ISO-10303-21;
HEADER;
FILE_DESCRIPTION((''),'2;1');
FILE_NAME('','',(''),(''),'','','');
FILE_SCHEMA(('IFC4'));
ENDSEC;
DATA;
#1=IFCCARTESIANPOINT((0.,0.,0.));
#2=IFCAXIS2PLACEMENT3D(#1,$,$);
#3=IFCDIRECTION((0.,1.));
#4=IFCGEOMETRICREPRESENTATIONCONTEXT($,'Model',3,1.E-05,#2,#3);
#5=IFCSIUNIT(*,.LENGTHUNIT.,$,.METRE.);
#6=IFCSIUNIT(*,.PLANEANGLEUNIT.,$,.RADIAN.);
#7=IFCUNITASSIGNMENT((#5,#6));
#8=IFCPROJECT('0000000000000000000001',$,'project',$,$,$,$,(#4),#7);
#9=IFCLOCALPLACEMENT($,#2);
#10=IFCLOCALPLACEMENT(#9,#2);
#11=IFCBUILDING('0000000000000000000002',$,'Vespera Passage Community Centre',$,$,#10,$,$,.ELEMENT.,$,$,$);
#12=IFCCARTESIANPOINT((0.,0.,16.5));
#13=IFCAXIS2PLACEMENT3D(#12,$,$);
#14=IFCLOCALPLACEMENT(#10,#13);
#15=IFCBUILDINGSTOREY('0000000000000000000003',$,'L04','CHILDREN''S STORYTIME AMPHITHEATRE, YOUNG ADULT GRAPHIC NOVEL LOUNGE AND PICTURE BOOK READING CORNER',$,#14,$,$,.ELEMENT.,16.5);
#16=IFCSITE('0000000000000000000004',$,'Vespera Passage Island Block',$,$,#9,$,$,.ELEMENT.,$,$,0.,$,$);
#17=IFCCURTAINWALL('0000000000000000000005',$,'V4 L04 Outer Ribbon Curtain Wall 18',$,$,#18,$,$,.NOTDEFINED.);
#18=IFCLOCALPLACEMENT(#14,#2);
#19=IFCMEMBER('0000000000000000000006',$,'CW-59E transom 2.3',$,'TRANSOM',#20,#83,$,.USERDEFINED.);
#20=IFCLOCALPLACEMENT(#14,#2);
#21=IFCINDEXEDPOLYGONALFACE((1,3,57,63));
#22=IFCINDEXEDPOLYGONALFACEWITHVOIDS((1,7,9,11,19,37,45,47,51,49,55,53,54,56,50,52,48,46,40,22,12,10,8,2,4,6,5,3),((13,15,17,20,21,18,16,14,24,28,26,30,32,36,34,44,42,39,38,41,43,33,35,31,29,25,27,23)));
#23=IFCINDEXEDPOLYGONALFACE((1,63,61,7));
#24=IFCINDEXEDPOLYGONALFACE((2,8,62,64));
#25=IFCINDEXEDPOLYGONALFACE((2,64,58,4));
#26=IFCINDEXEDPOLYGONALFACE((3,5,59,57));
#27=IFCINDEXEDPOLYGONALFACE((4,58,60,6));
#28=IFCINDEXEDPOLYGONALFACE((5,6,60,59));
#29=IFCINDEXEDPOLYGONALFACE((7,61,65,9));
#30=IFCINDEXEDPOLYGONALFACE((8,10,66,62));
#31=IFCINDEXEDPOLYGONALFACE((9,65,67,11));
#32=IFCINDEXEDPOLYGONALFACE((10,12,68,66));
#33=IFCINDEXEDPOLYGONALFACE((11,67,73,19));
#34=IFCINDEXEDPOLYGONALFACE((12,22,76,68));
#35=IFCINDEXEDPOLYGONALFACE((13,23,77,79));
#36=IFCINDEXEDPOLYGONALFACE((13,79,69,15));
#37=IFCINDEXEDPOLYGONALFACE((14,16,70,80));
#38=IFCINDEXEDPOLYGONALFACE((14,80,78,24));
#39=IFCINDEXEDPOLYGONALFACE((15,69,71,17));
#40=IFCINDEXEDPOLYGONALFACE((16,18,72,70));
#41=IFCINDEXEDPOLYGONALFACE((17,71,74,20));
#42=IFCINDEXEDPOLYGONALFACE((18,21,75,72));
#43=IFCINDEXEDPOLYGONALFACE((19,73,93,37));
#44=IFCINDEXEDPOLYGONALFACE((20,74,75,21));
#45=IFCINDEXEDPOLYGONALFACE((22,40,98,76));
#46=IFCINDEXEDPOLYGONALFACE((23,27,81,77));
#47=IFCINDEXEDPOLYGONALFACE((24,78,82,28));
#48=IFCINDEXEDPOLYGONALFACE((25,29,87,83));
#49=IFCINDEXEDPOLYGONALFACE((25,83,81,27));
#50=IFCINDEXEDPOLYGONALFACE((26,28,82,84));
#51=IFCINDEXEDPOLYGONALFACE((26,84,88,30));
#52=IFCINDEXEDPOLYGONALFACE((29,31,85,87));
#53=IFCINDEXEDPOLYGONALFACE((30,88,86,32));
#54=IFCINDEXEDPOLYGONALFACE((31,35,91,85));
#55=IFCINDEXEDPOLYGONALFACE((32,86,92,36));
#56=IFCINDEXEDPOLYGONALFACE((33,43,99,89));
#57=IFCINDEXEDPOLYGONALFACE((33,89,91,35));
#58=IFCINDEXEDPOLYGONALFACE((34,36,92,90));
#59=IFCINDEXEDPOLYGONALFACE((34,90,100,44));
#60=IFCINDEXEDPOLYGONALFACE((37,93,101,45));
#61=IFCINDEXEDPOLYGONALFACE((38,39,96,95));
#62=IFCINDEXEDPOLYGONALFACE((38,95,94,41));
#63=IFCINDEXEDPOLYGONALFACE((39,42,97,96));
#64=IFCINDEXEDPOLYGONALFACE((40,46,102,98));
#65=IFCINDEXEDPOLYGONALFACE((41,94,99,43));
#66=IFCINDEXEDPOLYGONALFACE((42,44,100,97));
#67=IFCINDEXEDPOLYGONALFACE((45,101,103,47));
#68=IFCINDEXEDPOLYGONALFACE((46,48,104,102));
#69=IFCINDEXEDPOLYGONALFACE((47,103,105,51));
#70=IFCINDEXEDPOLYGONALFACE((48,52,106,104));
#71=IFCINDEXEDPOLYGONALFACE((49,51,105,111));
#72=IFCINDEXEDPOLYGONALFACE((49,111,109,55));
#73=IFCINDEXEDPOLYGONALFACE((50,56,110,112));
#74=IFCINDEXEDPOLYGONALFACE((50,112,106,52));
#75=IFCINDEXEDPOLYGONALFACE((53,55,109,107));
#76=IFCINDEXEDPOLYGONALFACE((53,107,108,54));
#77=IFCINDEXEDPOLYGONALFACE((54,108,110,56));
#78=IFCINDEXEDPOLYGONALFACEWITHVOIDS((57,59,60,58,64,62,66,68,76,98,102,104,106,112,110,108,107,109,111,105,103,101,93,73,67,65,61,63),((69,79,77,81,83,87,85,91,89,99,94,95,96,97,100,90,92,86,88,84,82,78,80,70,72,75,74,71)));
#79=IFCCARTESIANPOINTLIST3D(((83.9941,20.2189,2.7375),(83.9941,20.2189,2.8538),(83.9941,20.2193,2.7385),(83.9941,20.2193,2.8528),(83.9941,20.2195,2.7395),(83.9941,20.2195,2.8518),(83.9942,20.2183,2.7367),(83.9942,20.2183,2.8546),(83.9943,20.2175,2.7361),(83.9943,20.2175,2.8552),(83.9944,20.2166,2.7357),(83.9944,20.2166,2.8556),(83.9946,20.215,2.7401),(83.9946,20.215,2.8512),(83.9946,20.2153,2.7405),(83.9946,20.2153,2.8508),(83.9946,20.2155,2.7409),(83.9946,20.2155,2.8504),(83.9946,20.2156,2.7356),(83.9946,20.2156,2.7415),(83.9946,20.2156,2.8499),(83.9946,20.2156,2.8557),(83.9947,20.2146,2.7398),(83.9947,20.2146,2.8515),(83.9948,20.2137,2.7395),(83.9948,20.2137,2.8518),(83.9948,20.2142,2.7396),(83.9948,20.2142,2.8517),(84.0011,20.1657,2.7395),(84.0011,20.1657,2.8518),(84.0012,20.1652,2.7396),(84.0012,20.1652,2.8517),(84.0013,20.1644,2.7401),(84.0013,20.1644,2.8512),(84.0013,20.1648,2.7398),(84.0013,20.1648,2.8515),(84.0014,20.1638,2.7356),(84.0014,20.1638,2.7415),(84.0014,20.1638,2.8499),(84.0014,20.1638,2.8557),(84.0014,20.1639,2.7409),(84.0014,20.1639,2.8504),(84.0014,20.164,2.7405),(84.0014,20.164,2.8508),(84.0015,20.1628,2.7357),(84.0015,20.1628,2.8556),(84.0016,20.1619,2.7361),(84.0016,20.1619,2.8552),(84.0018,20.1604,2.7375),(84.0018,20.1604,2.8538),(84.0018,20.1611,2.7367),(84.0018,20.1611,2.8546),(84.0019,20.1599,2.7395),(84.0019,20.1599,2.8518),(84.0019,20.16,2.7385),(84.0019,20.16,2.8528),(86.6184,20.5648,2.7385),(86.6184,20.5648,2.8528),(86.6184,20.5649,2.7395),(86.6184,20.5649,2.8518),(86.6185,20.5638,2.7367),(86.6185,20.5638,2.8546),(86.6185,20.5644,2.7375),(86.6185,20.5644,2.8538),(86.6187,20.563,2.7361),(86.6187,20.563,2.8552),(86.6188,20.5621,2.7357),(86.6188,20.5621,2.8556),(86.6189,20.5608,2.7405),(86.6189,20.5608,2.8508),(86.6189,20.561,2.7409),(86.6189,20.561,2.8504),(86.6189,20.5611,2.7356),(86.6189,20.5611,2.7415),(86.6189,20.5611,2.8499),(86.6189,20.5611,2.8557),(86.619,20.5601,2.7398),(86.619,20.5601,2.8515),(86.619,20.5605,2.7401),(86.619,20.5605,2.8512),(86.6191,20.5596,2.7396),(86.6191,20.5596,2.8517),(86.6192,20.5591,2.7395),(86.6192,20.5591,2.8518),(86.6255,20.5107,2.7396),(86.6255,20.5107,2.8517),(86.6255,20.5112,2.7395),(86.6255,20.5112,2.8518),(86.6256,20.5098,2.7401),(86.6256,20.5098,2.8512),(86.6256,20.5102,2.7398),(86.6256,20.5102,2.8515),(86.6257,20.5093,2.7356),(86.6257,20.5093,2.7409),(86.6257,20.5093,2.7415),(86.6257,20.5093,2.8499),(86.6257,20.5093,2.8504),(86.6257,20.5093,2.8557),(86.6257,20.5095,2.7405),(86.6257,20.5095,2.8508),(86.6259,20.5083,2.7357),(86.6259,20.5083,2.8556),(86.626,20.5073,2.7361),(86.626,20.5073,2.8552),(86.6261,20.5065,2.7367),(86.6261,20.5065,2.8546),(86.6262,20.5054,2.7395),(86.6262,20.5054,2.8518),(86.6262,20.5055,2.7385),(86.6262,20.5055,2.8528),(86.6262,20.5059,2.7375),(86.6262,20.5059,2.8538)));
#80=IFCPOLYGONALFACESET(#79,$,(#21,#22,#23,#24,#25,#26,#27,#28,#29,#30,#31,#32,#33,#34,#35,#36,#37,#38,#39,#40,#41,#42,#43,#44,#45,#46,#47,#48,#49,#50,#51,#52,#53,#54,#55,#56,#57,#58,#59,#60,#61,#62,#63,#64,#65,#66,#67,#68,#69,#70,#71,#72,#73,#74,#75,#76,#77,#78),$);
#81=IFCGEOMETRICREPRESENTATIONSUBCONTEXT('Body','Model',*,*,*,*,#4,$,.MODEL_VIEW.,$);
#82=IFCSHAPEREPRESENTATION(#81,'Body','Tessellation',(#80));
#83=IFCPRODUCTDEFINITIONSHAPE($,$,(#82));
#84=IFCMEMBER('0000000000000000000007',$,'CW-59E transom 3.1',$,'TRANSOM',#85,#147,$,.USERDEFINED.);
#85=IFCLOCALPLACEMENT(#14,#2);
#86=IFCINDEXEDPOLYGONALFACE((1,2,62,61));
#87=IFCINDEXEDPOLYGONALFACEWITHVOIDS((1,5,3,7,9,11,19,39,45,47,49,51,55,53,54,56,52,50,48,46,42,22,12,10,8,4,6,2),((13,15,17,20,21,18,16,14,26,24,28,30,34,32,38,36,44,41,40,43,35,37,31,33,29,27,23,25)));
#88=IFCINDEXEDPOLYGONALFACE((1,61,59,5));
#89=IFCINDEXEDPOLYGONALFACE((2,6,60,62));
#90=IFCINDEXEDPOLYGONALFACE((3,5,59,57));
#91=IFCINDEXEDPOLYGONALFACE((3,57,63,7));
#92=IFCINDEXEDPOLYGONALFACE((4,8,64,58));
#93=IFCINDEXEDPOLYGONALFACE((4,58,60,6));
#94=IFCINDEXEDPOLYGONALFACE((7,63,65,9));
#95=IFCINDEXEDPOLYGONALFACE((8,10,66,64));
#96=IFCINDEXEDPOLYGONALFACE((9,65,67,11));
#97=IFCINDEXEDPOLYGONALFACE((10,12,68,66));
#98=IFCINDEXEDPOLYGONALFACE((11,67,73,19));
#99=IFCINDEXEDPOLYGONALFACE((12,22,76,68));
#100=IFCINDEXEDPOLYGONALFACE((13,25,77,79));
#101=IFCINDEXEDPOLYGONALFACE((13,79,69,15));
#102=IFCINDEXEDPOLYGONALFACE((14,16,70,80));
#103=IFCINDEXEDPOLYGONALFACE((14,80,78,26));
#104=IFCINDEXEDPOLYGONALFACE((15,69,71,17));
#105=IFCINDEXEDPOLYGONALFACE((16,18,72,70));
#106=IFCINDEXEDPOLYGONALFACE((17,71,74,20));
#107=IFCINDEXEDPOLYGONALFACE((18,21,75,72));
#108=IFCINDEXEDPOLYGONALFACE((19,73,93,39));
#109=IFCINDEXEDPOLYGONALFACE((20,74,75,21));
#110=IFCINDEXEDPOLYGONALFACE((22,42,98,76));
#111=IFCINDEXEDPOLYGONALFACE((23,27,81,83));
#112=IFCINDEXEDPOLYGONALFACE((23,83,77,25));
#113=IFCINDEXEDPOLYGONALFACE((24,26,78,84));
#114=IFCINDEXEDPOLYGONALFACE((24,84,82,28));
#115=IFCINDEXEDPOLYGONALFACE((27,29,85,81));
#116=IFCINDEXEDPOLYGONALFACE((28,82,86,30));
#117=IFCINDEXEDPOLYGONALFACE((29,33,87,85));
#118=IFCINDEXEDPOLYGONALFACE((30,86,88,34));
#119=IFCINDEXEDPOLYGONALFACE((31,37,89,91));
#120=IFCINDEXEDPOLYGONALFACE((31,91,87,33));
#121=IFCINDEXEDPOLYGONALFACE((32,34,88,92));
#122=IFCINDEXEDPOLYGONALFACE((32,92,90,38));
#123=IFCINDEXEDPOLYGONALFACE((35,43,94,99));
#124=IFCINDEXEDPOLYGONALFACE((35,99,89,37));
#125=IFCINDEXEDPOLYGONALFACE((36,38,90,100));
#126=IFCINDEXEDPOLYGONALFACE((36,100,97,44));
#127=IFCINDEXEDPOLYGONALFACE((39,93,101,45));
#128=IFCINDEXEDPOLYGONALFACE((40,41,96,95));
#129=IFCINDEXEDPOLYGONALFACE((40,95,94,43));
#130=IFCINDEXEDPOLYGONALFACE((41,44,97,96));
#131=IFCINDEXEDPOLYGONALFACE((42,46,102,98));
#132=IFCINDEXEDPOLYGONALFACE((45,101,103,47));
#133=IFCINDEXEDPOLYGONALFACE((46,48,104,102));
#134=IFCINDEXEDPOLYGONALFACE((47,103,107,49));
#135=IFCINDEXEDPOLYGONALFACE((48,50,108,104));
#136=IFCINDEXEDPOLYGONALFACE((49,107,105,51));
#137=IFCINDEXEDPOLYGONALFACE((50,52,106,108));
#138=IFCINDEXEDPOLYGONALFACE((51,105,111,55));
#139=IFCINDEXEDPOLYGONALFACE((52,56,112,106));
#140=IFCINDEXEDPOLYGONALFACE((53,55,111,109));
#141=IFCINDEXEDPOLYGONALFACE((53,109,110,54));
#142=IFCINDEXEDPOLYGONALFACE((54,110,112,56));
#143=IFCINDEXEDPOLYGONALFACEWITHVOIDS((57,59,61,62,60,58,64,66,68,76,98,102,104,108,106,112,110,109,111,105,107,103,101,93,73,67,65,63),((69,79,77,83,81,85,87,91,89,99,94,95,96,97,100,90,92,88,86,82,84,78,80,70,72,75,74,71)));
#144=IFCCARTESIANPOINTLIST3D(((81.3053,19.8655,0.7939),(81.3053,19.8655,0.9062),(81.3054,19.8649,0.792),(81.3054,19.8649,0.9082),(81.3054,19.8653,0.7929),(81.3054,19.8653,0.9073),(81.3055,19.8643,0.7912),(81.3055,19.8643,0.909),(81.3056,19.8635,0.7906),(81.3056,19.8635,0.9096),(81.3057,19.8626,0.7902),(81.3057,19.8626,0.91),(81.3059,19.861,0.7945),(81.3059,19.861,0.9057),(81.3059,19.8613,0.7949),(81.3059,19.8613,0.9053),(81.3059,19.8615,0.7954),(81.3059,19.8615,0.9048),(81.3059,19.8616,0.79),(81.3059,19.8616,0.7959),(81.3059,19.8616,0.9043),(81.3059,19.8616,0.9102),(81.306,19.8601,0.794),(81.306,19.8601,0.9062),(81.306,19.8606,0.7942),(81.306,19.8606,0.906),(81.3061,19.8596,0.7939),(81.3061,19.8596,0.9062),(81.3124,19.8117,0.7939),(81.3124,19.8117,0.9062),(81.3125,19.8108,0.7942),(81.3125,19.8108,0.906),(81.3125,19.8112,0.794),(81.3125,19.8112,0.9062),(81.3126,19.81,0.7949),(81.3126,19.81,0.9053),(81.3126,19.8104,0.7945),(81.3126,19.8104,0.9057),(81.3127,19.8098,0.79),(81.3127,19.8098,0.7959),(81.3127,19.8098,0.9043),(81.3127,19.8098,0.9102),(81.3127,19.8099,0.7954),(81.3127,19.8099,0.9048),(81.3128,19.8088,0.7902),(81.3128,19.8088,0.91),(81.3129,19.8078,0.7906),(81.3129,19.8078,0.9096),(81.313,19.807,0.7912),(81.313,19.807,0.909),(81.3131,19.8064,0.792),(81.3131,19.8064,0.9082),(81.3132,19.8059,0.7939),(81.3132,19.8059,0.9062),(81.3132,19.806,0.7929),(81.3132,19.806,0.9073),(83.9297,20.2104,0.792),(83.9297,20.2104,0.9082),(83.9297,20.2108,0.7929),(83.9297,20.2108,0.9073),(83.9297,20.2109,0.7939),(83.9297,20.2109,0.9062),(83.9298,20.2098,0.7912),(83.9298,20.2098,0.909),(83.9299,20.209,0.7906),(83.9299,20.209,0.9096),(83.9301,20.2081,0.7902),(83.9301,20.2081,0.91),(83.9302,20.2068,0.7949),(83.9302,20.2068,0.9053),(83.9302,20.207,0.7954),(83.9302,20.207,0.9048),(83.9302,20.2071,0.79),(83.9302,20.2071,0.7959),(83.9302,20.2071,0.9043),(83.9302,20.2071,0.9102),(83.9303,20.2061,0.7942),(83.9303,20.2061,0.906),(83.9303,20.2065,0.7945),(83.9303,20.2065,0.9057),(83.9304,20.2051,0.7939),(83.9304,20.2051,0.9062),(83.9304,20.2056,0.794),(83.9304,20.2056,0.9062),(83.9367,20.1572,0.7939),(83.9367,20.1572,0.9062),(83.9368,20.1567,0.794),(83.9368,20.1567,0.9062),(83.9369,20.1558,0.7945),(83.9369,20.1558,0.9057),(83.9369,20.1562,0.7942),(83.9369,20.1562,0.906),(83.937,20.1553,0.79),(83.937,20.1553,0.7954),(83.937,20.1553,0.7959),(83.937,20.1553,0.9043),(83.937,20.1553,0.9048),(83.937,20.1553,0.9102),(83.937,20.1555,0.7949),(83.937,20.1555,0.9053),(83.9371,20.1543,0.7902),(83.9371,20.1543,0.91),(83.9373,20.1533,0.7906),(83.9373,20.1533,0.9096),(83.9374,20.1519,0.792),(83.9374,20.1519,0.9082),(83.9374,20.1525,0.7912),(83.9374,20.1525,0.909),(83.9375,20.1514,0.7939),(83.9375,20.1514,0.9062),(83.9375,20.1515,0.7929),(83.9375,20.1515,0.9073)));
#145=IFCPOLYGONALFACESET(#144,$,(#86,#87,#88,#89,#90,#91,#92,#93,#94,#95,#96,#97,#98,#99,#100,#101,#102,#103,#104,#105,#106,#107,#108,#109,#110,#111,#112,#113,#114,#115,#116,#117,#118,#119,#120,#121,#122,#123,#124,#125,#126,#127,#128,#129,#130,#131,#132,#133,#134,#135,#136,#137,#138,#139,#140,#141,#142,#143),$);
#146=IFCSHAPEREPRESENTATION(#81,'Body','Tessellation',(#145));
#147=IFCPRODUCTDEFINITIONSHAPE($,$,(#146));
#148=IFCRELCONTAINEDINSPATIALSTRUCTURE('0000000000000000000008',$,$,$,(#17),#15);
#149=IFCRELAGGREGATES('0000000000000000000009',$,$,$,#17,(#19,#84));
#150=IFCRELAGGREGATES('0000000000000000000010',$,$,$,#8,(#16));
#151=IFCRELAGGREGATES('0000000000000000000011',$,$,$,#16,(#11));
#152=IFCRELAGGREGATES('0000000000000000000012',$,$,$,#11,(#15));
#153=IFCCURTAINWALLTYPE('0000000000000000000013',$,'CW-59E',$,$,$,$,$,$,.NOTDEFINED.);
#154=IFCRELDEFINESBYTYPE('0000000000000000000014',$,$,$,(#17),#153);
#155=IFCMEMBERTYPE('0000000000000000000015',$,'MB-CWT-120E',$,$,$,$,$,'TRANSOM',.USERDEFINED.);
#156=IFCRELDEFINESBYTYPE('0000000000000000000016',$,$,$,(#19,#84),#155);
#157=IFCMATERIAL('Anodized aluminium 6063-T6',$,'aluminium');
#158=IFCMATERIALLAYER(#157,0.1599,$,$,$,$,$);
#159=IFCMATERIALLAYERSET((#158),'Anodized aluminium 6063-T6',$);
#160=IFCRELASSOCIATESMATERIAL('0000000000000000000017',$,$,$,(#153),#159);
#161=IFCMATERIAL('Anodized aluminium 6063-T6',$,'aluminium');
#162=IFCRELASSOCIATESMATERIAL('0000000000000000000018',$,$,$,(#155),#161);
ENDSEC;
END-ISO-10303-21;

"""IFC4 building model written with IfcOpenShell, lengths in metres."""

from ifc_helpers import new_model, si_unit, direction, frame, origin, origin_2d, place, context, subcontext, project, spatial, hollow_rectangle, extrude, material, layer, layer_set, material_profile, profile_set, type_object, element, aggregate, save


model = new_model("IFC4")

# Units and contexts
model_context = context("Model", 3, precision=1e-05, world=origin(), true_north=direction((0.0, 1.0)))
body_context = subcontext(model_context, "Body", "Model", "MODEL_VIEW")
ifc_project = project(units=[si_unit("LENGTHUNIT", "METRE"), si_unit("PLANEANGLEUNIT", "RADIAN")], contexts=[model_context])

# Site, building, storey
site_placement = place(None, origin())
site = spatial("IfcSite", under=ifc_project, at=site_placement, Name="Vespera Passage Island Block", CompositionType="ELEMENT", RefElevation=0.0)
building_placement = place(site_placement, origin())
building = spatial("IfcBuilding", under=site, at=building_placement, Name="Vespera Passage Community Centre", CompositionType="ELEMENT")
storey_placement = place(building_placement, frame((0.0, 0.0, 16.5)))
storey = spatial("IfcBuildingStorey", under=building, at=storey_placement, Name="L04", Description="CHILDREN'S STORYTIME AMPHITHEATRE, YOUNG ADULT GRAPHIC NOVEL LOUNGE AND PICTURE BOOK READING CORNER", CompositionType="ELEMENT", Elevation=16.5)

# Curtain wall, members
ifc_material_1 = material(Name="Anodized aluminium 6063-T6", Category="aluminium")
ifc_layer_1 = layer(ifc_material_1, 0.1599)
ifc_layer_set_1 = layer_set([ifc_layer_1], Name="Anodized aluminium 6063-T6")
curtain_wall_type = type_object("IfcCurtainWallType", Name="CW-59E", PredefinedType="NOTDEFINED", material=ifc_layer_set_1)
curtain_wall_placement = place(storey_placement, origin())
curtain_wall = element("IfcCurtainWall", 1, at=curtain_wall_placement, inside=storey, type_object=curtain_wall_type, Name="V4 L04 Outer Ribbon Curtain Wall 18", PredefinedType="NOTDEFINED")
ifc_material_2 = material(Name="Anodized aluminium 6063-T6", Category="aluminium")
ifc_material_profile_1 = material_profile(ifc_material_2, hollow_rectangle(XDim=0.0601, YDim=0.1201, WallThickness=0.0039, InnerFilletRadius=0.002, OuterFilletRadius=0.0039, at=origin_2d()), Name="ALU120X60X4")
ifc_profile_set_1 = profile_set([ifc_material_profile_1], Name="Anodized aluminium 6063-T6")
member_type_1 = type_object("IfcMemberType", Name="MB-CWT-120E", ElementType="TRANSOM", PredefinedType="USERDEFINED", material=ifc_profile_set_1)
member_1_placement = place(storey_placement, frame((86.6223, 20.5352, 2.7957), z_axis=(-0.991446, -0.130514, 0.0), x_axis=(0.130514, -0.991446, 0.0)))
member_1 = element("IfcMember", 2, at=member_1_placement, type_object=member_type_1, Name="CW-59E transom 2.3", ObjectType="TRANSOM", PredefinedType="USERDEFINED", context=body_context, shape_type="SweptSolid", body=[
    extrude(hollow_rectangle(XDim=0.0601, YDim=0.1201, WallThickness=0.0039, InnerFilletRadius=0.002, OuterFilletRadius=0.0039, at=origin_2d()), origin(), (0.0, 0.0, 1.0), 2.647),
])
member_2_placement = place(storey_placement, frame((83.9336, 20.1812, 0.8501), z_axis=(-0.991446, -0.130514, 0.0), x_axis=(0.130514, -0.991446, 0.0)))
member_2 = element("IfcMember", 3, at=member_2_placement, type_object=member_type_1, Name="CW-59E transom 3.1", ObjectType="TRANSOM", PredefinedType="USERDEFINED", context=body_context, shape_type="SweptSolid", body=[
    extrude(hollow_rectangle(XDim=0.0601, YDim=0.1201, WallThickness=0.0039, InnerFilletRadius=0.002, OuterFilletRadius=0.0039, at=origin_2d()), origin(), (0.0, 0.0, 1.0), 2.647),
])
aggregate(curtain_wall, [member_1, member_2])

save(model, "model.ifc")
